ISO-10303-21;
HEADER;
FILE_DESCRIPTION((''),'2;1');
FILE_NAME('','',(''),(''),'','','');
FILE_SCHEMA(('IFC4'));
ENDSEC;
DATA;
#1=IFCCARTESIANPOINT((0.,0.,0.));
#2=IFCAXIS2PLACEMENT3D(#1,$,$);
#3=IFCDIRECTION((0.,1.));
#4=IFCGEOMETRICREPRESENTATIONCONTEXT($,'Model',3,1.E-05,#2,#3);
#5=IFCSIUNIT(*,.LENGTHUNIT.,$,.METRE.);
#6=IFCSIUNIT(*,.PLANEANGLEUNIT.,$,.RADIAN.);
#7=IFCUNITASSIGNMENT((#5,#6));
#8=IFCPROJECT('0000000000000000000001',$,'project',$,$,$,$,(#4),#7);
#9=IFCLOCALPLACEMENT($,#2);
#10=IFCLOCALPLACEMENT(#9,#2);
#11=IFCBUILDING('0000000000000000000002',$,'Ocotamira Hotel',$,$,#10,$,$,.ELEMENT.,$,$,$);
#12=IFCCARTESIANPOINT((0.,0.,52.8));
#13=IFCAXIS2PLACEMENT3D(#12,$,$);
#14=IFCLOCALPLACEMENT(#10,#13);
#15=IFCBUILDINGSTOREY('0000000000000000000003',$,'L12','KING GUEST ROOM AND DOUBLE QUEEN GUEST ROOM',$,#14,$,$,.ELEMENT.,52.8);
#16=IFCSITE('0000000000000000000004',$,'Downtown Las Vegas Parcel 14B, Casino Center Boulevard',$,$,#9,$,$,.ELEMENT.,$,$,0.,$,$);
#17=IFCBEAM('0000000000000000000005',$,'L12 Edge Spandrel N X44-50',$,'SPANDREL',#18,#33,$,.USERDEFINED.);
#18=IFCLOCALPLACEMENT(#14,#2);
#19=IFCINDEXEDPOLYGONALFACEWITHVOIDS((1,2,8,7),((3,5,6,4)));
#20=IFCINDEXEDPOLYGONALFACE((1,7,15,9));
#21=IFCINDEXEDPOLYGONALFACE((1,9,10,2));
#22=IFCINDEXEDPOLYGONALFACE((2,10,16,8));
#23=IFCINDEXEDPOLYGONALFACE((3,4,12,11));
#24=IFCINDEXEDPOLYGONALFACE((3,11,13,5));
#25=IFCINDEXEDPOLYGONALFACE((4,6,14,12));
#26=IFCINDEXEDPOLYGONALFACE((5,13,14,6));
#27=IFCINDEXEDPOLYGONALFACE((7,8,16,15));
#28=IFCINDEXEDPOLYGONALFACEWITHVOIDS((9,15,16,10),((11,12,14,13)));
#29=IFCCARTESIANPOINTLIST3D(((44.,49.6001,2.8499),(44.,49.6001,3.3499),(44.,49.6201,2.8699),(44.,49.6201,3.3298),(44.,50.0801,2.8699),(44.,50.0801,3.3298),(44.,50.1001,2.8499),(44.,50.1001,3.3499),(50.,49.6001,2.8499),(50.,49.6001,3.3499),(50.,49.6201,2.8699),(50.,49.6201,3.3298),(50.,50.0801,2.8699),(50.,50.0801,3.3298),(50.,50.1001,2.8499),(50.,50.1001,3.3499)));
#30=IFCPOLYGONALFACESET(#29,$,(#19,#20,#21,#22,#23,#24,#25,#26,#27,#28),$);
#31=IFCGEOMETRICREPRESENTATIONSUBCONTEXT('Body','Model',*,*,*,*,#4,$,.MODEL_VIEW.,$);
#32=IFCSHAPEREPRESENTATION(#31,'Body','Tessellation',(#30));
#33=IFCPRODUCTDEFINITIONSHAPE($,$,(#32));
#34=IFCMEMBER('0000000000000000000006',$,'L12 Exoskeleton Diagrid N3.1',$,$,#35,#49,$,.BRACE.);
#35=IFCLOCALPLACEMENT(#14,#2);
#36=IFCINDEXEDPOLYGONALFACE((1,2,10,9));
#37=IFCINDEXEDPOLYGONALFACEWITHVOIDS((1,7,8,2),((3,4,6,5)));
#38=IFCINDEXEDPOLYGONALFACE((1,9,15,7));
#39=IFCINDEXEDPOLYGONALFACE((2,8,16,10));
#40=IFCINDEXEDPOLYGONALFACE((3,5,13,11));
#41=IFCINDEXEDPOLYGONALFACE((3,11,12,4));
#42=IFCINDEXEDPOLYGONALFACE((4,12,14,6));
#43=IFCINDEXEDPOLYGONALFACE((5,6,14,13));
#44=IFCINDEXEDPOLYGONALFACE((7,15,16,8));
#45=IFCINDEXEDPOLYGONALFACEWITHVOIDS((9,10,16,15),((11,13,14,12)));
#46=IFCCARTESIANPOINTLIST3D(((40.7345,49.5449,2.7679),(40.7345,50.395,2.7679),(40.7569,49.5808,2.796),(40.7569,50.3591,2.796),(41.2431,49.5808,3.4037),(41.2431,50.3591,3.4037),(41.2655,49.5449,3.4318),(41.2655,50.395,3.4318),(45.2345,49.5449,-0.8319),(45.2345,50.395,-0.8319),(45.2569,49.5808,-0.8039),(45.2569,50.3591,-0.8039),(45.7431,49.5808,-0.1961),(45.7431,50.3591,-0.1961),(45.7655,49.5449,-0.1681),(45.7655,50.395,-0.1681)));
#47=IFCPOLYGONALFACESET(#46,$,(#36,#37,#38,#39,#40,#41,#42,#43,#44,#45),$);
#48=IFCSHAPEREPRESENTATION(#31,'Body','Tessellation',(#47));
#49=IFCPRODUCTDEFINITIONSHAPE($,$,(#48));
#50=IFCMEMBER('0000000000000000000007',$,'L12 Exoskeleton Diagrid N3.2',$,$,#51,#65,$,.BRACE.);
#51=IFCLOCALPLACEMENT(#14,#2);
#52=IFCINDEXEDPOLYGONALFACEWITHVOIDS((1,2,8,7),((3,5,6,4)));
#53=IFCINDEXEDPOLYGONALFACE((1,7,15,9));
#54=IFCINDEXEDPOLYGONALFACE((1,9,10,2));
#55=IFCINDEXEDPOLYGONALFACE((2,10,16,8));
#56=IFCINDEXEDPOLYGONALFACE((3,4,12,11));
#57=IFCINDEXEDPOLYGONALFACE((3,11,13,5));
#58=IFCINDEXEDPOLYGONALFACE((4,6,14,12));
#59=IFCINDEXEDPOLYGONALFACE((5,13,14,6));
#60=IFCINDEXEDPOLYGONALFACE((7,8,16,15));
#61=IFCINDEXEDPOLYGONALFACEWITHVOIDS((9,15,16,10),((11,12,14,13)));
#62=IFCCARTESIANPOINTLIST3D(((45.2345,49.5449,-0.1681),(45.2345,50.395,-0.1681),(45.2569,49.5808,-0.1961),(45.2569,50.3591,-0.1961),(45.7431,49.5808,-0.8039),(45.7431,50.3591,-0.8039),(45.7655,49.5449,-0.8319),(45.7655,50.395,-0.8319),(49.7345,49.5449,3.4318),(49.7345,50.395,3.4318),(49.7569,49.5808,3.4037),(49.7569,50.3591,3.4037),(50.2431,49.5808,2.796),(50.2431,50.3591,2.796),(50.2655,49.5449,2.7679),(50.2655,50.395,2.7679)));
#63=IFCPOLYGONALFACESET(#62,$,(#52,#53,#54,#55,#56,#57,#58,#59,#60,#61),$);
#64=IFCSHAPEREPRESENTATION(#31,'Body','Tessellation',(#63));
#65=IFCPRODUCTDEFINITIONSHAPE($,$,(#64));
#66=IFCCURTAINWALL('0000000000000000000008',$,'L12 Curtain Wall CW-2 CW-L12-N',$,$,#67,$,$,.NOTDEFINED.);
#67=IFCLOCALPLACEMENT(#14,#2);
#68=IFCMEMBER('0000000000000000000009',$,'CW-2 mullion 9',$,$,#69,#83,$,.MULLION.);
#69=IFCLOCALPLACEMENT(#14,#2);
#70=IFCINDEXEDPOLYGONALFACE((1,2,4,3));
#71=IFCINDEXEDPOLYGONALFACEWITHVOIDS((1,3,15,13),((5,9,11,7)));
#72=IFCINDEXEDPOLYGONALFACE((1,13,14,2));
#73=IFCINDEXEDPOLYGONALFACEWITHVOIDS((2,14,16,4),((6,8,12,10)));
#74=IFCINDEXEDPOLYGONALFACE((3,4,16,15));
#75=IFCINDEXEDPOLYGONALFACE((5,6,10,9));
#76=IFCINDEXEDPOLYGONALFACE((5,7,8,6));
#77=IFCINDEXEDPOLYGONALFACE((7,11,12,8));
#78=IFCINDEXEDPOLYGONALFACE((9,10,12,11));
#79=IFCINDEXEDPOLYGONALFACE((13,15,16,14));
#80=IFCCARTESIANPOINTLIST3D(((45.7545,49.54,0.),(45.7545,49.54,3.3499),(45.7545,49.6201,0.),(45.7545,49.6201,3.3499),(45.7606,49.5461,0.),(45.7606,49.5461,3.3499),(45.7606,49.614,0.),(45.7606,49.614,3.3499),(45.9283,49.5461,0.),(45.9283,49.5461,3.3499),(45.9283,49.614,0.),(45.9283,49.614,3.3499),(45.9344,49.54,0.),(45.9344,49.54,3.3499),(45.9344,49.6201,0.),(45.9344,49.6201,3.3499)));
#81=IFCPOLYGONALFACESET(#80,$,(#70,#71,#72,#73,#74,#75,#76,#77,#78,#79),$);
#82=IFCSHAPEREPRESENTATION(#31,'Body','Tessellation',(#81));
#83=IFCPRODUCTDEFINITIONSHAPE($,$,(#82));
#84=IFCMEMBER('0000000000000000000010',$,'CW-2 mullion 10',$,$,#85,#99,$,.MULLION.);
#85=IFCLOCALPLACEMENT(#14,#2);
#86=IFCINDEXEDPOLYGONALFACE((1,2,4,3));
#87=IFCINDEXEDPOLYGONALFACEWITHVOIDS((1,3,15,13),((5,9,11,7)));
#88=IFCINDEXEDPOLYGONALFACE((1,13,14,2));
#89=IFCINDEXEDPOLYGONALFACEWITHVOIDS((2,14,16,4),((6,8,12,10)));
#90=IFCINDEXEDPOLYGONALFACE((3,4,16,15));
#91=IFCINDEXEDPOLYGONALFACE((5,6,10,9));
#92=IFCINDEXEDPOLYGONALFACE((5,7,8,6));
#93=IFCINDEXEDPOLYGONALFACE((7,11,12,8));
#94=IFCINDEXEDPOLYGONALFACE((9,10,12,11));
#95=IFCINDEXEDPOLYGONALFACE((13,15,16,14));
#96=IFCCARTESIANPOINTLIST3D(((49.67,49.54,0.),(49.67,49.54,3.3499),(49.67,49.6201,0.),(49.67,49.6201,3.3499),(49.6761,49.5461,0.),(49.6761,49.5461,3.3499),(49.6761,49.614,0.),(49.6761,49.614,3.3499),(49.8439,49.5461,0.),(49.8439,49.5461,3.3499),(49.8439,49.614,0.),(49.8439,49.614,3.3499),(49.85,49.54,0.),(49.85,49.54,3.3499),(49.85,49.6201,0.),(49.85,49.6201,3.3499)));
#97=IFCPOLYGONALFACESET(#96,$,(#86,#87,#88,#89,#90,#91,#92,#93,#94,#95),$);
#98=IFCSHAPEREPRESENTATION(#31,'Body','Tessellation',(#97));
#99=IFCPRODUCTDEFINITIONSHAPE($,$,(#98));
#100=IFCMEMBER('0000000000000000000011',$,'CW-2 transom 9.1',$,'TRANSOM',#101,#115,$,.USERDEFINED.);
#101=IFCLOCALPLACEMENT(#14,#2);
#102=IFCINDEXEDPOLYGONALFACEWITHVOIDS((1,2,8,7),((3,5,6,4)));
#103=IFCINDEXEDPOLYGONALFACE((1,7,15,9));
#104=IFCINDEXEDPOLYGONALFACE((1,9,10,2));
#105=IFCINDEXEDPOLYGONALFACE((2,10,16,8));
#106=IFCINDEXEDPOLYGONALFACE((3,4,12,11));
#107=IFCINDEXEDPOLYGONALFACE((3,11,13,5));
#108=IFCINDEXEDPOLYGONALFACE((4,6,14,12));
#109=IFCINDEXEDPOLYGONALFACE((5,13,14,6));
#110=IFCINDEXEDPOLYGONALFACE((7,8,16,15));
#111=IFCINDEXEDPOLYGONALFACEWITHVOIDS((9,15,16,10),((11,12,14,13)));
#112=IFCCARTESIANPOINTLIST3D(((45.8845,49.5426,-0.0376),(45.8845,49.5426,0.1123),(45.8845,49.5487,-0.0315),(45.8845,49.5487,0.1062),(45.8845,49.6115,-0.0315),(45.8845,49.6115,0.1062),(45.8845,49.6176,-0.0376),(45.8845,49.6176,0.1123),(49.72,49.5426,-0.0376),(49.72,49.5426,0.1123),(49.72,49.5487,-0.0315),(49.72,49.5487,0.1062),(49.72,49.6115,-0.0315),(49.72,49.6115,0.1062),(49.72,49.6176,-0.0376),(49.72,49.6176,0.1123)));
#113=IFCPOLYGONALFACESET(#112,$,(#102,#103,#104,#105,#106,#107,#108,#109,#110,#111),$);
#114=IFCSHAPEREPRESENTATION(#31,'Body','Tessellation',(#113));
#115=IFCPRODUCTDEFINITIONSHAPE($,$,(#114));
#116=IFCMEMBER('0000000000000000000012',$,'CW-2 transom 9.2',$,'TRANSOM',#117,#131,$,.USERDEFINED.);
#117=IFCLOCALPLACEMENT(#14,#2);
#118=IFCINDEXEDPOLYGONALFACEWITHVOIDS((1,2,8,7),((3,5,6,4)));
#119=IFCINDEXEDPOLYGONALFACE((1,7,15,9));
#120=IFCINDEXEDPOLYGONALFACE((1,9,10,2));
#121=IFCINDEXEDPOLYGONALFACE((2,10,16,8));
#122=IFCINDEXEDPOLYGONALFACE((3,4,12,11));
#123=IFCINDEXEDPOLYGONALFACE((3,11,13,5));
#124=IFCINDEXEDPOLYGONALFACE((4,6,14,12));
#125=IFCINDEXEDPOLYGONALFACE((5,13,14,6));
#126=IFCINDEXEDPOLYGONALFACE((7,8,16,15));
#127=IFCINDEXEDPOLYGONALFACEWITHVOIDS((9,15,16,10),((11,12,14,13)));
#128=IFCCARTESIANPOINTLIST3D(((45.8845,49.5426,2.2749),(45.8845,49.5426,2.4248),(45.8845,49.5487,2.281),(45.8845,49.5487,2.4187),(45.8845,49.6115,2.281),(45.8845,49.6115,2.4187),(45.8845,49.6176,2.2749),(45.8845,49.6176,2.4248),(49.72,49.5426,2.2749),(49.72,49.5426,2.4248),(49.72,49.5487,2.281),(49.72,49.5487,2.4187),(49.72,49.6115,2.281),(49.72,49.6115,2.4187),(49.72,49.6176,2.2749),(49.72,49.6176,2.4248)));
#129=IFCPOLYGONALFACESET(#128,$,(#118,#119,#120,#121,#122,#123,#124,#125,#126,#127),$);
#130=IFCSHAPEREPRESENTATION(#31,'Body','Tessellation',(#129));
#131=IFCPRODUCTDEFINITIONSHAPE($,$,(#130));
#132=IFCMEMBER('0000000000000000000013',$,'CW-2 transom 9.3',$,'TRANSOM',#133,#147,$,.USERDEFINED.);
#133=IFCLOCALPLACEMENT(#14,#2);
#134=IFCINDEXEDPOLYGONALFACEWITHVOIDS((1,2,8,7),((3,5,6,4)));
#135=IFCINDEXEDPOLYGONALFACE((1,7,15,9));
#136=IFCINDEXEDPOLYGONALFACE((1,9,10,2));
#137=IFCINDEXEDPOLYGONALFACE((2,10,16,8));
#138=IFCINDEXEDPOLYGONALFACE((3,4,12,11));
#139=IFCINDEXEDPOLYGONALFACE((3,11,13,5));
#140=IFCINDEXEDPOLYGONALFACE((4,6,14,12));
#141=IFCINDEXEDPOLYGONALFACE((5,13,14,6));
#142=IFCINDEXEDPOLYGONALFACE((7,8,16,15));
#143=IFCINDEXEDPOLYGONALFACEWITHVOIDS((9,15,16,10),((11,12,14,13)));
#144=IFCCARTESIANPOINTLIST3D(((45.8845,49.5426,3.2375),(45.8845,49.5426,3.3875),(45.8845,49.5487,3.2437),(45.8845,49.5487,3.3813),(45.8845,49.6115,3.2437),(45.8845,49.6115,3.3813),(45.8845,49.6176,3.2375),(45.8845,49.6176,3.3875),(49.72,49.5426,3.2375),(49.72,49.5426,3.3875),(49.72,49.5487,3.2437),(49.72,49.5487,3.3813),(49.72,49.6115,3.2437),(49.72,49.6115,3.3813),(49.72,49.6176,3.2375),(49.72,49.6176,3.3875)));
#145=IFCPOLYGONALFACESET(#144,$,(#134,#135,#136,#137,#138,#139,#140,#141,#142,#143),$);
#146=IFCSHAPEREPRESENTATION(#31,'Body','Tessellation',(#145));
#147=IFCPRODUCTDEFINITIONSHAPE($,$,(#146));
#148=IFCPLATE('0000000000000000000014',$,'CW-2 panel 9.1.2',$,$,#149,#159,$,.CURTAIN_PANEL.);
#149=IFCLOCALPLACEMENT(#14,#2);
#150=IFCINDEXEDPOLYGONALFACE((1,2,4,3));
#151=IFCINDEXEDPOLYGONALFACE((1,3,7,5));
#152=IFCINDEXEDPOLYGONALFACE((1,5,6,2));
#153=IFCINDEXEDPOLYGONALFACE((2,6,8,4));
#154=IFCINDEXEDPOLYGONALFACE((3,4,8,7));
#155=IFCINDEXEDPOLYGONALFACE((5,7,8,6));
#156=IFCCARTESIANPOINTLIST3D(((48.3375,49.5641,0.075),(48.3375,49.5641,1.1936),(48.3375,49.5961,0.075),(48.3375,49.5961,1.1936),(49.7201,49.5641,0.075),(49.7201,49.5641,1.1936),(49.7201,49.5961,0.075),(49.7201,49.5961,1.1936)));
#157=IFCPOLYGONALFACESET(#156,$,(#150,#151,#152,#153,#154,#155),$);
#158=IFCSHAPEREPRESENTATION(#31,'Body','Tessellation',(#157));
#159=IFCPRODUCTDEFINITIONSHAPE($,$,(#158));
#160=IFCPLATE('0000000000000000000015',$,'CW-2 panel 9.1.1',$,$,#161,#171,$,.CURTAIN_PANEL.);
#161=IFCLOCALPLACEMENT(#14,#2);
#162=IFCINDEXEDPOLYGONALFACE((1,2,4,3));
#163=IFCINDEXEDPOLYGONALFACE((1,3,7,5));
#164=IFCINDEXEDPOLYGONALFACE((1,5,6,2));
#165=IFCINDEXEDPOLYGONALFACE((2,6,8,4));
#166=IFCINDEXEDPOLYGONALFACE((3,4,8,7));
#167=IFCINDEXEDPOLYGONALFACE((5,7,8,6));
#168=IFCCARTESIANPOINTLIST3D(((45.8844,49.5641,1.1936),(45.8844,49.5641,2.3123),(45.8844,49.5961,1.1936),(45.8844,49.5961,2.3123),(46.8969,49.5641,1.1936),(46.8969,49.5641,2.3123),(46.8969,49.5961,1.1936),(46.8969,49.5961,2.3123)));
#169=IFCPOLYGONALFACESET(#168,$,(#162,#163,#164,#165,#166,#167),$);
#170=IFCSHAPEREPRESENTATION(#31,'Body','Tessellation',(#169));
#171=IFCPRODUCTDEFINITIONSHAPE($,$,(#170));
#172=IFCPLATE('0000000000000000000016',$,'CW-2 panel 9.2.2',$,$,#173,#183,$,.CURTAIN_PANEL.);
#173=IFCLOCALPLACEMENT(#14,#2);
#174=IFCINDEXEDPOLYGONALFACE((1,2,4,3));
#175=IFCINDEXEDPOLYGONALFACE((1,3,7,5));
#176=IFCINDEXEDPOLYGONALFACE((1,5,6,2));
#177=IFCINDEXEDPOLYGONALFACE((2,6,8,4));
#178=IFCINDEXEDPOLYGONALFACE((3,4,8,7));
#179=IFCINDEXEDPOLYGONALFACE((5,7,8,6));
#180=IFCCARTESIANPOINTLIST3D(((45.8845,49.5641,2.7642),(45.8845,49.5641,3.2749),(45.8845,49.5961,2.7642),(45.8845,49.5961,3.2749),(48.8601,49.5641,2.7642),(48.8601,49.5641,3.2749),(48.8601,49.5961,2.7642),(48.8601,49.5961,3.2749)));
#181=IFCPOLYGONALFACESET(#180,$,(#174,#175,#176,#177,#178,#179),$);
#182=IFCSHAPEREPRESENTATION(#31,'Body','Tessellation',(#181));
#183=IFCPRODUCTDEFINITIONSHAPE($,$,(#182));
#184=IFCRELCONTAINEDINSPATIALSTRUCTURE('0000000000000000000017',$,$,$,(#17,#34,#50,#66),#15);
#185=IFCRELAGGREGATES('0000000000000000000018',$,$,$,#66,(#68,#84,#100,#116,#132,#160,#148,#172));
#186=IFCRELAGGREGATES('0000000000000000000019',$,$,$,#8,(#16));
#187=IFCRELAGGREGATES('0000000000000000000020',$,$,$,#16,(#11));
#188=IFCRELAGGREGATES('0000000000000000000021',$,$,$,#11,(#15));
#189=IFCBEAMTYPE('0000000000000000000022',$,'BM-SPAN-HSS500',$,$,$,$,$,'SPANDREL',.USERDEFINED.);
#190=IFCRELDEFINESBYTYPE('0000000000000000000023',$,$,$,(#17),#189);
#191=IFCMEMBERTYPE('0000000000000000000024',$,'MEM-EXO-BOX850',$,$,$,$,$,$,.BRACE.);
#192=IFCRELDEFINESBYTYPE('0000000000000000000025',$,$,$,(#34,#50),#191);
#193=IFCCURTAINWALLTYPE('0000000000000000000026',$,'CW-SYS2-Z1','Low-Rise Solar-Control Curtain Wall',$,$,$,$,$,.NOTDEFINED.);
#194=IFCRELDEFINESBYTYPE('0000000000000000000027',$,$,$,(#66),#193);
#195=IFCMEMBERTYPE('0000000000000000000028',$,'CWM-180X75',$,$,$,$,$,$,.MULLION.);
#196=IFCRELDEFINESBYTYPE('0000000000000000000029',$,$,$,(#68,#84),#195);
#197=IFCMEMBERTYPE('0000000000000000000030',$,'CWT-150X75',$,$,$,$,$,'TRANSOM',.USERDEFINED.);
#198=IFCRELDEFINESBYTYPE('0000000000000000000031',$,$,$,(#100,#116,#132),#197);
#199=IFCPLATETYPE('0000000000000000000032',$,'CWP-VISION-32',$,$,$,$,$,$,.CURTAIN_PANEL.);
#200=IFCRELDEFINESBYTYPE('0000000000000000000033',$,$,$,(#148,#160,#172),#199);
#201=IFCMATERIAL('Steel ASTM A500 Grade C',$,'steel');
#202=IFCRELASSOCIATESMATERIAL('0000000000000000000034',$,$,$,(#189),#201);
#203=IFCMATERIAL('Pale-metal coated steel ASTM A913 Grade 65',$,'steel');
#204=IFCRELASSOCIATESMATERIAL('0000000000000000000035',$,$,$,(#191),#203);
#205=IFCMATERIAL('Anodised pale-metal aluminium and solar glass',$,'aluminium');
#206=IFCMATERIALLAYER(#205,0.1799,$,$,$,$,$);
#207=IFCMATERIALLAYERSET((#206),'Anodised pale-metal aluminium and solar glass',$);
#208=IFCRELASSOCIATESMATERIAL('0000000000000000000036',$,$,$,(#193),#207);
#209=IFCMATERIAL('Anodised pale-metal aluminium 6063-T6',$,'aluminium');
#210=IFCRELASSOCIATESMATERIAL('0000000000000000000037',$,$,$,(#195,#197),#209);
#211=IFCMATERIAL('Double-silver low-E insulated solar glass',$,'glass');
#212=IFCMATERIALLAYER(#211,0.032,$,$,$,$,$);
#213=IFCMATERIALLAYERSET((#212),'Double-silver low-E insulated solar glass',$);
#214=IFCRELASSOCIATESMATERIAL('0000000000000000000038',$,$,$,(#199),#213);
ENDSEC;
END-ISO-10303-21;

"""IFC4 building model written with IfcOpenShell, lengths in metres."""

from ifc_helpers import new_model, si_unit, direction, frame, origin, origin_2d, place, context, subcontext, project, spatial, rectangle, hollow_rectangle, extrude, source, transform, mapped, material, layer, layer_set, material_profile, profile_set, type_object, element, aggregate, save


model = new_model("IFC4")

# Units and contexts
model_context = context("Model", 3, precision=1e-05, world=origin(), true_north=direction((0.0, 1.0)))
body_context = subcontext(model_context, "Body", "Model", "MODEL_VIEW")
ifc_project = project(units=[si_unit("LENGTHUNIT", "METRE"), si_unit("PLANEANGLEUNIT", "RADIAN")], contexts=[model_context])

# Site, building, storey
site_placement = place(None, origin())
site = spatial("IfcSite", under=ifc_project, at=site_placement, Name="Downtown Las Vegas Parcel 14B, Casino Center Boulevard", CompositionType="ELEMENT", RefElevation=0.0)
building_placement = place(site_placement, origin())
building = spatial("IfcBuilding", under=site, at=building_placement, Name="Ocotamira Hotel", CompositionType="ELEMENT")
storey_placement = place(building_placement, frame((0.0, 0.0, 52.8)))
storey = spatial("IfcBuildingStorey", under=building, at=storey_placement, Name="L12", Description="KING GUEST ROOM AND DOUBLE QUEEN GUEST ROOM", CompositionType="ELEMENT", Elevation=52.8)

# Beam
ifc_material_1 = material(Name="Steel ASTM A500 Grade C", Category="steel")
ifc_material_profile_1 = material_profile(ifc_material_1, hollow_rectangle(XDim=0.5, YDim=0.5, WallThickness=0.02, at=origin_2d()), Name="HSS500X500X20")
ifc_profile_set_1 = profile_set([ifc_material_profile_1], Name="Steel ASTM A500 Grade C")
beam_type = type_object("IfcBeamType", Name="BM-SPAN-HSS500", ElementType="SPANDREL", PredefinedType="USERDEFINED", material=ifc_profile_set_1)
shared_shape_1 = source(origin(), body_context, "Body", "SweptSolid", [
    extrude(hollow_rectangle(XDim=0.5, YDim=0.5, WallThickness=0.02, at=origin_2d()), origin(), (0.0, 0.0, 1.0), 6.0),
])
beam_placement = place(storey_placement, frame((44.0, 49.8501, 3.0999), z_axis=(1.0, 0.0, 0.0), x_axis=(0.0, 1.0, 0.0)))
element("IfcBeam", 1, at=beam_placement, inside=storey, type_object=beam_type, Name="L12 Edge Spandrel N X44-50", ObjectType="SPANDREL", PredefinedType="USERDEFINED", context=body_context, shape_type="MappedRepresentation", body=[
    mapped(shared_shape_1, transform((0.0, 0.0, 0.0), scale=1.0)),
])

# Members
ifc_material_2 = material(Name="Pale-metal coated steel ASTM A913 Grade 65", Category="steel")
ifc_material_profile_2 = material_profile(ifc_material_2, hollow_rectangle(XDim=0.8501, YDim=0.8501, WallThickness=0.0359, at=origin_2d()), Name="BOX850X850X36")
ifc_profile_set_2 = profile_set([ifc_material_profile_2], Name="Pale-metal coated steel ASTM A913 Grade 65")
member_type_1 = type_object("IfcMemberType", Name="MEM-EXO-BOX850", PredefinedType="BRACE", material=ifc_profile_set_2)
shared_shape_2 = source(origin(), body_context, "Body", "SweptSolid", [
    extrude(hollow_rectangle(XDim=0.8501, YDim=0.8501, WallThickness=0.0359, at=origin_2d()), origin(), (0.0, 0.0, 1.0), 5.7627),
])
for number, where, z_axis, x_axis, name in (
    (2, (45.5, 49.97, -0.5), (-0.780881, 0.0, 0.62468), (0.0, -1.0, 0.0), "L12 Exoskeleton Diagrid N3.1"),
    (3, (45.5, 49.97, -0.5), (0.780881, 0.0, 0.62468), (0.0, 1.0, 0.0), "L12 Exoskeleton Diagrid N3.2"),
):
    element("IfcMember", number, at=place(storey_placement, frame(where, z_axis=z_axis, x_axis=x_axis)), inside=storey, type_object=member_type_1, Name=name, PredefinedType="BRACE", context=body_context, shape_type="MappedRepresentation", body=[
        mapped(shared_shape_2, transform((0.0, 0.0, 0.0), scale=1.0)),
    ])

# Curtain wall, members, plates
ifc_material_3 = material(Name="Anodised pale-metal aluminium and solar glass", Category="aluminium")
ifc_layer_1 = layer(ifc_material_3, 0.1799)
ifc_layer_set_1 = layer_set([ifc_layer_1], Name="Anodised pale-metal aluminium and solar glass")
curtain_wall_type = type_object("IfcCurtainWallType", Name="CW-SYS2-Z1", Description="Low-Rise Solar-Control Curtain Wall", PredefinedType="NOTDEFINED", material=ifc_layer_set_1)
curtain_wall_placement = place(storey_placement, origin())
curtain_wall = element("IfcCurtainWall", 4, at=curtain_wall_placement, inside=storey, type_object=curtain_wall_type, Name="L12 Curtain Wall CW-2 CW-L12-N", PredefinedType="NOTDEFINED")
ifc_material_4 = material(Name="Anodised pale-metal aluminium 6063-T6", Category="aluminium")
ifc_material_profile_3 = material_profile(ifc_material_4, hollow_rectangle(XDim=0.0801, YDim=0.1799, WallThickness=0.0061, at=origin_2d()), Name="HSS180X80X6")
ifc_profile_set_3 = profile_set([ifc_material_profile_3], Name="Anodised pale-metal aluminium 6063-T6")
member_type_2 = type_object("IfcMemberType", Name="CWM-180X75", PredefinedType="MULLION", material=ifc_profile_set_3)
shared_shape_3 = source(origin(), body_context, "Body", "SweptSolid", [
    extrude(hollow_rectangle(XDim=0.0801, YDim=0.1799, WallThickness=0.0061, at=origin_2d()), origin(), (0.0, 0.0, 1.0), 3.3499),
])
member_1_placement = place(storey_placement, frame((45.8445, 49.5801, 0.0), z_axis=(0.0, 0.0, 1.0), x_axis=(0.0, 1.0, 0.0)))
member_1 = element("IfcMember", 5, at=member_1_placement, type_object=member_type_2, Name="CW-2 mullion 9", PredefinedType="MULLION", context=body_context, shape_type="MappedRepresentation", body=[
    mapped(shared_shape_3, transform((0.0, 0.0, 0.0), scale=1.0)),
])
member_2_placement = place(storey_placement, frame((49.76, 49.5801, 0.0), z_axis=(0.0, 0.0, 1.0), x_axis=(0.0, 1.0, 0.0)))
member_2 = element("IfcMember", 6, at=member_2_placement, type_object=member_type_2, Name="CW-2 mullion 10", PredefinedType="MULLION", context=body_context, shape_type="MappedRepresentation", body=[
    mapped(shared_shape_3, transform((0.0, 0.0, 0.0), scale=1.0)),
])
ifc_material_profile_4 = material_profile(ifc_material_4, hollow_rectangle(XDim=0.075, YDim=0.1499, WallThickness=0.0061, at=origin_2d()), Name="HSS150X75X6")
ifc_profile_set_4 = profile_set([ifc_material_profile_4], Name="Anodised pale-metal aluminium 6063-T6")
member_type_3 = type_object("IfcMemberType", Name="CWT-150X75", ElementType="TRANSOM", PredefinedType="USERDEFINED", material=ifc_profile_set_4)
shared_shape_4 = source(origin(), body_context, "Body", "SweptSolid", [
    extrude(hollow_rectangle(XDim=0.075, YDim=0.1499, WallThickness=0.0061, at=origin_2d()), origin(), (0.0, 0.0, 1.0), 3.8354),
])
member_3_placement = place(storey_placement, frame((45.8845, 49.5801, 0.0374), z_axis=(1.0, 0.0, 0.0), x_axis=(0.0, 1.0, 0.0)))
member_3 = element("IfcMember", 7, at=member_3_placement, type_object=member_type_3, Name="CW-2 transom 9.1", ObjectType="TRANSOM", PredefinedType="USERDEFINED", context=body_context, shape_type="MappedRepresentation", body=[
    mapped(shared_shape_4, transform((0.0, 0.0, 0.0), scale=1.0)),
])
member_4_placement = place(storey_placement, frame((45.8845, 49.5801, 2.3499), z_axis=(1.0, 0.0, 0.0), x_axis=(0.0, 1.0, 0.0)))
member_4 = element("IfcMember", 8, at=member_4_placement, type_object=member_type_3, Name="CW-2 transom 9.2", ObjectType="TRANSOM", PredefinedType="USERDEFINED", context=body_context, shape_type="MappedRepresentation", body=[
    mapped(shared_shape_4, transform((0.0, 0.0, 0.0), scale=1.0)),
])
member_5_placement = place(storey_placement, frame((45.8845, 49.5801, 3.3125), z_axis=(1.0, 0.0, 0.0), x_axis=(0.0, 1.0, 0.0)))
member_5 = element("IfcMember", 9, at=member_5_placement, type_object=member_type_3, Name="CW-2 transom 9.3", ObjectType="TRANSOM", PredefinedType="USERDEFINED", context=body_context, shape_type="MappedRepresentation", body=[
    mapped(shared_shape_4, transform((0.0, 0.0, 0.0), scale=1.0)),
])
ifc_material_5 = material(Name="Double-silver low-E insulated solar glass", Category="glass")
ifc_layer_2 = layer(ifc_material_5, 0.032)
ifc_layer_set_2 = layer_set([ifc_layer_2], Name="Double-silver low-E insulated solar glass")
plate_type = type_object("IfcPlateType", Name="CWP-VISION-32", PredefinedType="CURTAIN_PANEL", material=ifc_layer_set_2)
shared_shape_5 = source(origin(), body_context, "Body", "SweptSolid", [
    extrude(rectangle(XDim=1.3826, YDim=0.032, at=origin_2d()), origin(), (0.0, 0.0, 1.0), 1.1187),
])
plate_1_placement = place(storey_placement, frame((49.0288, 49.5801, 0.075), z_axis=(0.0, 0.0, 1.0), x_axis=(1.0, 0.0, 0.0)))
plate_1 = element("IfcPlate", 10, at=plate_1_placement, type_object=plate_type, Name="CW-2 panel 9.1.2", PredefinedType="CURTAIN_PANEL", context=body_context, shape_type="MappedRepresentation", body=[
    mapped(shared_shape_5, transform((0.0, 0.0, 0.0), scale=1.0)),
])
shared_shape_6 = source(origin(), body_context, "Body", "SweptSolid", [
    extrude(rectangle(XDim=1.0125, YDim=0.032, at=origin_2d()), origin(), (0.0, 0.0, 1.0), 1.1187),
])
plate_2_placement = place(storey_placement, frame((46.3906, 49.5801, 1.1936), z_axis=(0.0, 0.0, 1.0), x_axis=(1.0, 0.0, 0.0)))
plate_2 = element("IfcPlate", 11, at=plate_2_placement, type_object=plate_type, Name="CW-2 panel 9.1.1", PredefinedType="CURTAIN_PANEL", context=body_context, shape_type="MappedRepresentation", body=[
    mapped(shared_shape_6, transform((0.0, 0.0, 0.0), scale=1.0)),
])
shared_shape_7 = source(origin(), body_context, "Body", "SweptSolid", [
    extrude(rectangle(XDim=2.9756, YDim=0.032, at=origin_2d()), origin(), (0.0, 0.0, 1.0), 0.5107),
])
plate_3_placement = place(storey_placement, frame((47.3723, 49.5801, 2.7642), z_axis=(0.0, 0.0, 1.0), x_axis=(1.0, 0.0, 0.0)))
plate_3 = element("IfcPlate", 12, at=plate_3_placement, type_object=plate_type, Name="CW-2 panel 9.2.2", PredefinedType="CURTAIN_PANEL", context=body_context, shape_type="MappedRepresentation", body=[
    mapped(shared_shape_7, transform((0.0, 0.0, 0.0), scale=1.0)),
])
aggregate(curtain_wall, [member_1, member_2, member_3, member_4, member_5, plate_2, plate_1, plate_3])

save(model, "model.ifc")
